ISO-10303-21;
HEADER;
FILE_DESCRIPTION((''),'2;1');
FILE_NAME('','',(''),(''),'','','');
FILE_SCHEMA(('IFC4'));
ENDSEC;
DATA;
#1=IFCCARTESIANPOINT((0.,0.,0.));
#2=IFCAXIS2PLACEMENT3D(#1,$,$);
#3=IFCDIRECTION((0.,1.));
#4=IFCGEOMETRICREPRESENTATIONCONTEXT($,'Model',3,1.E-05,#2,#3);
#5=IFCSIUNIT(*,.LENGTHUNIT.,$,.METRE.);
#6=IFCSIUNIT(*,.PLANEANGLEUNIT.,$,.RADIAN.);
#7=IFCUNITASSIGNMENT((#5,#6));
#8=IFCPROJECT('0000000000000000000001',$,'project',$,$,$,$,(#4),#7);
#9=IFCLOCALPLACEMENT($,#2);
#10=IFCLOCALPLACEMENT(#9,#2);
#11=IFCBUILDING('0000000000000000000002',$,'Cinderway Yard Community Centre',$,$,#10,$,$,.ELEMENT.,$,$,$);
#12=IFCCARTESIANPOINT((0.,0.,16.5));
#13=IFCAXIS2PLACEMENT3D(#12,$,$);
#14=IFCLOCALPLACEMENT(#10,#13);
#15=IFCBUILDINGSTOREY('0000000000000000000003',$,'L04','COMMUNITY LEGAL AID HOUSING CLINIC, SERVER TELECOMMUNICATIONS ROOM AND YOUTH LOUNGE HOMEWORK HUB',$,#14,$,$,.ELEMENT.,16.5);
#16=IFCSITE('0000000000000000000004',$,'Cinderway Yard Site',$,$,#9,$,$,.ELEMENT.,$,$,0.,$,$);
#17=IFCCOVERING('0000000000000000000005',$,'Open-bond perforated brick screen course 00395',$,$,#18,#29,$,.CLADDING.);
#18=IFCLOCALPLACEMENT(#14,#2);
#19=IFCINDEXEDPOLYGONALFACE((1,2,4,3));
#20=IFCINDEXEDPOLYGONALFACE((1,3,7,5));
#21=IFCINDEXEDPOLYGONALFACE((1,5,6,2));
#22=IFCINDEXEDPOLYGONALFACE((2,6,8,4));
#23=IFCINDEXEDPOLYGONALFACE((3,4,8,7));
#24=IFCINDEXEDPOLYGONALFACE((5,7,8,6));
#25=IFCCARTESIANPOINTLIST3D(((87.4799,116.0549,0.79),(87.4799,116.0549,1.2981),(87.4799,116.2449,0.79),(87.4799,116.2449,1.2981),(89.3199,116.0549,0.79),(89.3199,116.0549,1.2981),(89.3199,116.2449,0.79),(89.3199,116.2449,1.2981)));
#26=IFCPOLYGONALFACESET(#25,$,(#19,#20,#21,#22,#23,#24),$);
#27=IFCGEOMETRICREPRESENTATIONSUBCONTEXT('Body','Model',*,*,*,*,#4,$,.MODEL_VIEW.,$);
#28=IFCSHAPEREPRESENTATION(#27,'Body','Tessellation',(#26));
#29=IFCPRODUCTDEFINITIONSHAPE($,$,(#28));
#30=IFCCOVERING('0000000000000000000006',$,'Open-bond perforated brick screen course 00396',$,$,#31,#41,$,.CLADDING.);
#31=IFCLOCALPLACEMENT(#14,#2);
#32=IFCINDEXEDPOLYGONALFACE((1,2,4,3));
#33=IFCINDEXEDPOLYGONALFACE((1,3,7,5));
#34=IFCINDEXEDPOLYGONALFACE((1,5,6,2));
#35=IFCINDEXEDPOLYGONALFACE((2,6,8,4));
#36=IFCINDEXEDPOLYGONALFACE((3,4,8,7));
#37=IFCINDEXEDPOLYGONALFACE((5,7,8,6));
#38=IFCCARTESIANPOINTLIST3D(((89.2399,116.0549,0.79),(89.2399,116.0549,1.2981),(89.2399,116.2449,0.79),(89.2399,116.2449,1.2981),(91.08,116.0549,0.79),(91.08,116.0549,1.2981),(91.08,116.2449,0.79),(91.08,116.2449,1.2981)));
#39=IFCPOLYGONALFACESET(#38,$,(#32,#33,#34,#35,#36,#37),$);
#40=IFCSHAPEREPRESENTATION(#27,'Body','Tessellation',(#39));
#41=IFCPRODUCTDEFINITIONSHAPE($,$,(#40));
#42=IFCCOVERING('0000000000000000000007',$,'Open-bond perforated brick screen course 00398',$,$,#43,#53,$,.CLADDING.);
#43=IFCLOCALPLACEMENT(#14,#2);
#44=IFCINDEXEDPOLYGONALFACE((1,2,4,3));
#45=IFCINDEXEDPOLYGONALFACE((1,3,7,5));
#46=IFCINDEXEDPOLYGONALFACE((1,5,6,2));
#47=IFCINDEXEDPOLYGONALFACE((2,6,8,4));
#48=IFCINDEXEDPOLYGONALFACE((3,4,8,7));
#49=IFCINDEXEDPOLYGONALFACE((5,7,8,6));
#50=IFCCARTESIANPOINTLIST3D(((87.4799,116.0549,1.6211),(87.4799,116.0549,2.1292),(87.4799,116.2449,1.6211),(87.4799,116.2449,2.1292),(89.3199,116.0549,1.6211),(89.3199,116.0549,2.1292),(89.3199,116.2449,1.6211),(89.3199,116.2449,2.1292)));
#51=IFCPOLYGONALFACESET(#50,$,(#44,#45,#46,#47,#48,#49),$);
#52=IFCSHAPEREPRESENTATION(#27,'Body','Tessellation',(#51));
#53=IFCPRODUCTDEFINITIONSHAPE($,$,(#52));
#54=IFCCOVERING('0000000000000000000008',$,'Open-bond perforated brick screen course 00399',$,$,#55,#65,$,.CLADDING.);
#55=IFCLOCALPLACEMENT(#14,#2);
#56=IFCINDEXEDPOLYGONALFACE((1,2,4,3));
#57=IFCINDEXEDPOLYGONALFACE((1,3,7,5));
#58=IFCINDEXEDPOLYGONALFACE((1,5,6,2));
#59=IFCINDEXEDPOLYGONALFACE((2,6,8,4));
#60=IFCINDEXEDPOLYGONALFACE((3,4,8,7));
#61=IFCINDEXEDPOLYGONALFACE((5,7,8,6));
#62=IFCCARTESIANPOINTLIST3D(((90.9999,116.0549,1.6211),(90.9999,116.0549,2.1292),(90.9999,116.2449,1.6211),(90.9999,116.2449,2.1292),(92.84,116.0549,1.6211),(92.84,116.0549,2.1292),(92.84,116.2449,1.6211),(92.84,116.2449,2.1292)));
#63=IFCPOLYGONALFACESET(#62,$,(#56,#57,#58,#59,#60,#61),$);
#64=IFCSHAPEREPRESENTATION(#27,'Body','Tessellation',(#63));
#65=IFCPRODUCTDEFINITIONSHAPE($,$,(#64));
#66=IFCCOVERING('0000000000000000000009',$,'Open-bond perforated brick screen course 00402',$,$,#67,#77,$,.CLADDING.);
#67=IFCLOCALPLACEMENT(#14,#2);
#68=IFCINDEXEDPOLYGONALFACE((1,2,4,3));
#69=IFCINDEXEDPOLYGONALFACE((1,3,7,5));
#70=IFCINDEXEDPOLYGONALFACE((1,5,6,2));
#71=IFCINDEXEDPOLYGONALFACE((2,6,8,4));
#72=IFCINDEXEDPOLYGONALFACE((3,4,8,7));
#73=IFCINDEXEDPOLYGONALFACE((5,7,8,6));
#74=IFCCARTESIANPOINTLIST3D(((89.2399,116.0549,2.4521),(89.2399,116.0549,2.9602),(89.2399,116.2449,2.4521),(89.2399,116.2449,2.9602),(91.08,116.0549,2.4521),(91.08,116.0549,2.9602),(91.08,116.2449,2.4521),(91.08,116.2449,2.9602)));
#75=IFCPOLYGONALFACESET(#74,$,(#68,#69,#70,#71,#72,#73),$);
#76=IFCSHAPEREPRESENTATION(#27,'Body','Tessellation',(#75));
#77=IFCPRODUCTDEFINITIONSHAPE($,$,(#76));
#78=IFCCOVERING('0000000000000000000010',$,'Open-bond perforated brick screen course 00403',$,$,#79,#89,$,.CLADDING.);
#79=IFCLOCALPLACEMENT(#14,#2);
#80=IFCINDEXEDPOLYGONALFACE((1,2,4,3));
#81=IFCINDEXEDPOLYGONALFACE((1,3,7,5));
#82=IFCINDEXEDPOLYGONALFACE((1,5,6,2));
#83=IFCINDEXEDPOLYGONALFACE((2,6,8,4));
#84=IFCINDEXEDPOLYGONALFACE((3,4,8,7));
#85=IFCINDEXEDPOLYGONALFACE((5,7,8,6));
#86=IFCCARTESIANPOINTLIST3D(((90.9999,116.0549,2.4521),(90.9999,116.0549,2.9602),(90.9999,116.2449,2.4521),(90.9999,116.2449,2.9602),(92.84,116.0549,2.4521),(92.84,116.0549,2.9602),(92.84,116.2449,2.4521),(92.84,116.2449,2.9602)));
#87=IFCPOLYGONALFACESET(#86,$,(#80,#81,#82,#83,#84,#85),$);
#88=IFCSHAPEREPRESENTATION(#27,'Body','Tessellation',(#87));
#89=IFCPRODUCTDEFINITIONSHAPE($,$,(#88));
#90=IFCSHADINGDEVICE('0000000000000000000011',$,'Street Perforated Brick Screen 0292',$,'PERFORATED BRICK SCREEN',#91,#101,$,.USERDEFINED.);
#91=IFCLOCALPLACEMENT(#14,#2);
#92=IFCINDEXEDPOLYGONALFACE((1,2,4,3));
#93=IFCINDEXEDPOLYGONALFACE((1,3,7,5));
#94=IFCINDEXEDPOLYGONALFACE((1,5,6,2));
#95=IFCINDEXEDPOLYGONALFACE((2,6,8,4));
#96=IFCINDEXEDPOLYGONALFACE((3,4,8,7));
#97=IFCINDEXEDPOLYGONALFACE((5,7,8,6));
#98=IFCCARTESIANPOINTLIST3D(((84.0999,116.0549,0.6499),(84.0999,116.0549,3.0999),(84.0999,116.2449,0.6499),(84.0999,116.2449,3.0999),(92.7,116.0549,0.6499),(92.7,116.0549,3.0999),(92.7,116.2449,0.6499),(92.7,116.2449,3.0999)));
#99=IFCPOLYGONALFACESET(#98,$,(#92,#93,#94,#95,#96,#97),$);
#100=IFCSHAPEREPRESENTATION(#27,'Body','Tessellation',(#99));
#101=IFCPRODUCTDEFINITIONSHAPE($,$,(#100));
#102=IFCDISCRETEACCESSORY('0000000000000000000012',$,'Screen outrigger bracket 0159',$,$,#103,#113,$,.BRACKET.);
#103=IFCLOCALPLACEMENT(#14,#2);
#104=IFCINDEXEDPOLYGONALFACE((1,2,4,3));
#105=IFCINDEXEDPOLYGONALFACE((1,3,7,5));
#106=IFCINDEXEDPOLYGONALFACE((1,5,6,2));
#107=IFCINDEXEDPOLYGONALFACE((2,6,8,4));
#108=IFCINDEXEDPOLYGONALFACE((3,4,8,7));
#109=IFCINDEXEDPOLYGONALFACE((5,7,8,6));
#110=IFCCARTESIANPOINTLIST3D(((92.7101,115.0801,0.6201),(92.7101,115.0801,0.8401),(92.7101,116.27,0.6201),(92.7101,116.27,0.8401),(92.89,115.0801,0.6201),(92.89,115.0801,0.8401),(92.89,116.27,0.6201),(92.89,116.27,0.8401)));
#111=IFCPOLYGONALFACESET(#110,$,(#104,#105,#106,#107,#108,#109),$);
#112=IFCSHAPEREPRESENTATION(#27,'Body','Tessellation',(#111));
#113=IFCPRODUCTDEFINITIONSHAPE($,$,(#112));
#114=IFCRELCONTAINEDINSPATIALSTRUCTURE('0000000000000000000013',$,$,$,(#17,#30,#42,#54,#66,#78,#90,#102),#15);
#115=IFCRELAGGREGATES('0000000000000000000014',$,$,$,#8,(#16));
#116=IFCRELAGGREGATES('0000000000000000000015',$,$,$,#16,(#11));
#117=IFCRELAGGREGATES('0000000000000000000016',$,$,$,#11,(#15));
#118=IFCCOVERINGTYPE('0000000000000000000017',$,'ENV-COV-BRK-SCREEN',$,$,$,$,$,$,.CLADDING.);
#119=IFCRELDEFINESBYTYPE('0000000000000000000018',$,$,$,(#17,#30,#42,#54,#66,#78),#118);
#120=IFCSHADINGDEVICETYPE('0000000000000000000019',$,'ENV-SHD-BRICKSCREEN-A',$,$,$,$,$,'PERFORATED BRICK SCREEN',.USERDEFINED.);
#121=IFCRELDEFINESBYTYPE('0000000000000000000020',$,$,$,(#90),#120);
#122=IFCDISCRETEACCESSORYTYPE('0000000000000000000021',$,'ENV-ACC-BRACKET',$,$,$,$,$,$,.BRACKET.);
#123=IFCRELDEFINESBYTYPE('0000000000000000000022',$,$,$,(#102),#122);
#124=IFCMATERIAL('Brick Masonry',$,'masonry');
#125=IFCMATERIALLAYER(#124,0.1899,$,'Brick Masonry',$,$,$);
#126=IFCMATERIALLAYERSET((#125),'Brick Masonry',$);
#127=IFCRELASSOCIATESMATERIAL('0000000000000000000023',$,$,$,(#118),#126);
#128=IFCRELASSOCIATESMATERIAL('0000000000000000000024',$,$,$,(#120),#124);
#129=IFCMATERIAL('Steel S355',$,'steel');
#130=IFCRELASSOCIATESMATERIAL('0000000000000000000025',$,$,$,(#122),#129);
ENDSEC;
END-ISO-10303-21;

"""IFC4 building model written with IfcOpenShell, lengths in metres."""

from ifc_helpers import new_model, si_unit, direction, frame, origin, origin_2d, place, context, subcontext, project, spatial, rectangle, extrude, material, layer, layer_set, type_object, element, save


model = new_model("IFC4")

# Units and contexts
model_context = context("Model", 3, precision=1e-05, world=origin(), true_north=direction((0.0, 1.0)))
body_context = subcontext(model_context, "Body", "Model", "MODEL_VIEW")
ifc_project = project(units=[si_unit("LENGTHUNIT", "METRE"), si_unit("PLANEANGLEUNIT", "RADIAN")], contexts=[model_context])

# Site, building, storey
site_placement = place(None, origin())
site = spatial("IfcSite", under=ifc_project, at=site_placement, Name="Cinderway Yard Site", CompositionType="ELEMENT", RefElevation=0.0)
building_placement = place(site_placement, origin())
building = spatial("IfcBuilding", under=site, at=building_placement, Name="Cinderway Yard Community Centre", CompositionType="ELEMENT")
storey_placement = place(building_placement, frame((0.0, 0.0, 16.5)))
storey = spatial("IfcBuildingStorey", under=building, at=storey_placement, Name="L04", Description="COMMUNITY LEGAL AID HOUSING CLINIC, SERVER TELECOMMUNICATIONS ROOM AND YOUTH LOUNGE HOMEWORK HUB", CompositionType="ELEMENT", Elevation=16.5)

# Shared definitions
ifc_material_1 = material(Name="Steel S355", Category="steel")

# Coverings
ifc_material_2 = material(Name="Brick Masonry", Category="masonry")
ifc_layer_1 = layer(ifc_material_2, 0.1899, Name="Brick Masonry")
ifc_layer_set_1 = layer_set([ifc_layer_1], Name="Brick Masonry")
covering_type = type_object("IfcCoveringType", Name="ENV-COV-BRK-SCREEN", PredefinedType="CLADDING", material=ifc_layer_set_1)
for number, where, z_axis, x_axis, name in (
    (1, (88.3999, 116.1499, 0.79), (0.0, 0.0, 1.0), (1.0, 0.0, 0.0), "Open-bond perforated brick screen course 00395"),
    (2, (90.1599, 116.1499, 0.79), (0.0, 0.0, 1.0), (1.0, 0.0, 0.0), "Open-bond perforated brick screen course 00396"),
    (3, (88.3999, 116.1499, 1.6211), (0.0, 0.0, 1.0), (1.0, 0.0, 0.0), "Open-bond perforated brick screen course 00398"),
    (4, (91.9199, 116.1499, 1.6211), (0.0, 0.0, 1.0), (1.0, 0.0, 0.0), "Open-bond perforated brick screen course 00399"),
    (5, (90.1599, 116.1499, 2.4521), (0.0, 0.0, 1.0), (1.0, 0.0, 0.0), "Open-bond perforated brick screen course 00402"),
    (6, (91.9199, 116.1499, 2.4521), (0.0, 0.0, 1.0), (1.0, 0.0, 0.0), "Open-bond perforated brick screen course 00403"),
):
    element("IfcCovering", number, at=place(storey_placement, frame(where, z_axis=z_axis, x_axis=x_axis)), inside=storey, type_object=covering_type, Name=name, PredefinedType="CLADDING", context=body_context, shape_type="SweptSolid", body=[
        extrude(rectangle(XDim=1.8401, YDim=0.1899, at=origin_2d()), origin(), (0.0, 0.0, 1.0), 0.5081),
    ])

# Shading device
shading_device_type = type_object("IfcShadingDeviceType", Name="ENV-SHD-BRICKSCREEN-A", ElementType="PERFORATED BRICK SCREEN", PredefinedType="USERDEFINED", material=ifc_material_2)
shading_device_placement = place(storey_placement, frame((88.3999, 116.1499, 0.6499), z_axis=(0.0, 0.0, 1.0), x_axis=(1.0, 0.0, 0.0)))
element("IfcShadingDevice", 7, at=shading_device_placement, inside=storey, type_object=shading_device_type, Name="Street Perforated Brick Screen 0292", ObjectType="PERFORATED BRICK SCREEN", PredefinedType="USERDEFINED", context=body_context, shape_type="SweptSolid", body=[
    extrude(rectangle(XDim=8.6001, YDim=0.1899, at=origin_2d()), origin(), (0.0, 0.0, 1.0), 2.45),
])

# Discrete accessory
discrete_accessory_type = type_object("IfcDiscreteAccessoryType", Name="ENV-ACC-BRACKET", PredefinedType="BRACKET", material=ifc_material_1)
discrete_accessory_placement = place(storey_placement, frame((92.8, 115.675, 0.6201), z_axis=(0.0, 0.0, 1.0), x_axis=(0.0, 1.0, 0.0)))
element("IfcDiscreteAccessory", 8, at=discrete_accessory_placement, inside=storey, type_object=discrete_accessory_type, Name="Screen outrigger bracket 0159", PredefinedType="BRACKET", context=body_context, shape_type="SweptSolid", body=[
    extrude(rectangle(XDim=1.1899, YDim=0.1799, at=origin_2d()), origin(), (0.0, 0.0, 1.0), 0.22),
])

save(model, "model.ifc")
